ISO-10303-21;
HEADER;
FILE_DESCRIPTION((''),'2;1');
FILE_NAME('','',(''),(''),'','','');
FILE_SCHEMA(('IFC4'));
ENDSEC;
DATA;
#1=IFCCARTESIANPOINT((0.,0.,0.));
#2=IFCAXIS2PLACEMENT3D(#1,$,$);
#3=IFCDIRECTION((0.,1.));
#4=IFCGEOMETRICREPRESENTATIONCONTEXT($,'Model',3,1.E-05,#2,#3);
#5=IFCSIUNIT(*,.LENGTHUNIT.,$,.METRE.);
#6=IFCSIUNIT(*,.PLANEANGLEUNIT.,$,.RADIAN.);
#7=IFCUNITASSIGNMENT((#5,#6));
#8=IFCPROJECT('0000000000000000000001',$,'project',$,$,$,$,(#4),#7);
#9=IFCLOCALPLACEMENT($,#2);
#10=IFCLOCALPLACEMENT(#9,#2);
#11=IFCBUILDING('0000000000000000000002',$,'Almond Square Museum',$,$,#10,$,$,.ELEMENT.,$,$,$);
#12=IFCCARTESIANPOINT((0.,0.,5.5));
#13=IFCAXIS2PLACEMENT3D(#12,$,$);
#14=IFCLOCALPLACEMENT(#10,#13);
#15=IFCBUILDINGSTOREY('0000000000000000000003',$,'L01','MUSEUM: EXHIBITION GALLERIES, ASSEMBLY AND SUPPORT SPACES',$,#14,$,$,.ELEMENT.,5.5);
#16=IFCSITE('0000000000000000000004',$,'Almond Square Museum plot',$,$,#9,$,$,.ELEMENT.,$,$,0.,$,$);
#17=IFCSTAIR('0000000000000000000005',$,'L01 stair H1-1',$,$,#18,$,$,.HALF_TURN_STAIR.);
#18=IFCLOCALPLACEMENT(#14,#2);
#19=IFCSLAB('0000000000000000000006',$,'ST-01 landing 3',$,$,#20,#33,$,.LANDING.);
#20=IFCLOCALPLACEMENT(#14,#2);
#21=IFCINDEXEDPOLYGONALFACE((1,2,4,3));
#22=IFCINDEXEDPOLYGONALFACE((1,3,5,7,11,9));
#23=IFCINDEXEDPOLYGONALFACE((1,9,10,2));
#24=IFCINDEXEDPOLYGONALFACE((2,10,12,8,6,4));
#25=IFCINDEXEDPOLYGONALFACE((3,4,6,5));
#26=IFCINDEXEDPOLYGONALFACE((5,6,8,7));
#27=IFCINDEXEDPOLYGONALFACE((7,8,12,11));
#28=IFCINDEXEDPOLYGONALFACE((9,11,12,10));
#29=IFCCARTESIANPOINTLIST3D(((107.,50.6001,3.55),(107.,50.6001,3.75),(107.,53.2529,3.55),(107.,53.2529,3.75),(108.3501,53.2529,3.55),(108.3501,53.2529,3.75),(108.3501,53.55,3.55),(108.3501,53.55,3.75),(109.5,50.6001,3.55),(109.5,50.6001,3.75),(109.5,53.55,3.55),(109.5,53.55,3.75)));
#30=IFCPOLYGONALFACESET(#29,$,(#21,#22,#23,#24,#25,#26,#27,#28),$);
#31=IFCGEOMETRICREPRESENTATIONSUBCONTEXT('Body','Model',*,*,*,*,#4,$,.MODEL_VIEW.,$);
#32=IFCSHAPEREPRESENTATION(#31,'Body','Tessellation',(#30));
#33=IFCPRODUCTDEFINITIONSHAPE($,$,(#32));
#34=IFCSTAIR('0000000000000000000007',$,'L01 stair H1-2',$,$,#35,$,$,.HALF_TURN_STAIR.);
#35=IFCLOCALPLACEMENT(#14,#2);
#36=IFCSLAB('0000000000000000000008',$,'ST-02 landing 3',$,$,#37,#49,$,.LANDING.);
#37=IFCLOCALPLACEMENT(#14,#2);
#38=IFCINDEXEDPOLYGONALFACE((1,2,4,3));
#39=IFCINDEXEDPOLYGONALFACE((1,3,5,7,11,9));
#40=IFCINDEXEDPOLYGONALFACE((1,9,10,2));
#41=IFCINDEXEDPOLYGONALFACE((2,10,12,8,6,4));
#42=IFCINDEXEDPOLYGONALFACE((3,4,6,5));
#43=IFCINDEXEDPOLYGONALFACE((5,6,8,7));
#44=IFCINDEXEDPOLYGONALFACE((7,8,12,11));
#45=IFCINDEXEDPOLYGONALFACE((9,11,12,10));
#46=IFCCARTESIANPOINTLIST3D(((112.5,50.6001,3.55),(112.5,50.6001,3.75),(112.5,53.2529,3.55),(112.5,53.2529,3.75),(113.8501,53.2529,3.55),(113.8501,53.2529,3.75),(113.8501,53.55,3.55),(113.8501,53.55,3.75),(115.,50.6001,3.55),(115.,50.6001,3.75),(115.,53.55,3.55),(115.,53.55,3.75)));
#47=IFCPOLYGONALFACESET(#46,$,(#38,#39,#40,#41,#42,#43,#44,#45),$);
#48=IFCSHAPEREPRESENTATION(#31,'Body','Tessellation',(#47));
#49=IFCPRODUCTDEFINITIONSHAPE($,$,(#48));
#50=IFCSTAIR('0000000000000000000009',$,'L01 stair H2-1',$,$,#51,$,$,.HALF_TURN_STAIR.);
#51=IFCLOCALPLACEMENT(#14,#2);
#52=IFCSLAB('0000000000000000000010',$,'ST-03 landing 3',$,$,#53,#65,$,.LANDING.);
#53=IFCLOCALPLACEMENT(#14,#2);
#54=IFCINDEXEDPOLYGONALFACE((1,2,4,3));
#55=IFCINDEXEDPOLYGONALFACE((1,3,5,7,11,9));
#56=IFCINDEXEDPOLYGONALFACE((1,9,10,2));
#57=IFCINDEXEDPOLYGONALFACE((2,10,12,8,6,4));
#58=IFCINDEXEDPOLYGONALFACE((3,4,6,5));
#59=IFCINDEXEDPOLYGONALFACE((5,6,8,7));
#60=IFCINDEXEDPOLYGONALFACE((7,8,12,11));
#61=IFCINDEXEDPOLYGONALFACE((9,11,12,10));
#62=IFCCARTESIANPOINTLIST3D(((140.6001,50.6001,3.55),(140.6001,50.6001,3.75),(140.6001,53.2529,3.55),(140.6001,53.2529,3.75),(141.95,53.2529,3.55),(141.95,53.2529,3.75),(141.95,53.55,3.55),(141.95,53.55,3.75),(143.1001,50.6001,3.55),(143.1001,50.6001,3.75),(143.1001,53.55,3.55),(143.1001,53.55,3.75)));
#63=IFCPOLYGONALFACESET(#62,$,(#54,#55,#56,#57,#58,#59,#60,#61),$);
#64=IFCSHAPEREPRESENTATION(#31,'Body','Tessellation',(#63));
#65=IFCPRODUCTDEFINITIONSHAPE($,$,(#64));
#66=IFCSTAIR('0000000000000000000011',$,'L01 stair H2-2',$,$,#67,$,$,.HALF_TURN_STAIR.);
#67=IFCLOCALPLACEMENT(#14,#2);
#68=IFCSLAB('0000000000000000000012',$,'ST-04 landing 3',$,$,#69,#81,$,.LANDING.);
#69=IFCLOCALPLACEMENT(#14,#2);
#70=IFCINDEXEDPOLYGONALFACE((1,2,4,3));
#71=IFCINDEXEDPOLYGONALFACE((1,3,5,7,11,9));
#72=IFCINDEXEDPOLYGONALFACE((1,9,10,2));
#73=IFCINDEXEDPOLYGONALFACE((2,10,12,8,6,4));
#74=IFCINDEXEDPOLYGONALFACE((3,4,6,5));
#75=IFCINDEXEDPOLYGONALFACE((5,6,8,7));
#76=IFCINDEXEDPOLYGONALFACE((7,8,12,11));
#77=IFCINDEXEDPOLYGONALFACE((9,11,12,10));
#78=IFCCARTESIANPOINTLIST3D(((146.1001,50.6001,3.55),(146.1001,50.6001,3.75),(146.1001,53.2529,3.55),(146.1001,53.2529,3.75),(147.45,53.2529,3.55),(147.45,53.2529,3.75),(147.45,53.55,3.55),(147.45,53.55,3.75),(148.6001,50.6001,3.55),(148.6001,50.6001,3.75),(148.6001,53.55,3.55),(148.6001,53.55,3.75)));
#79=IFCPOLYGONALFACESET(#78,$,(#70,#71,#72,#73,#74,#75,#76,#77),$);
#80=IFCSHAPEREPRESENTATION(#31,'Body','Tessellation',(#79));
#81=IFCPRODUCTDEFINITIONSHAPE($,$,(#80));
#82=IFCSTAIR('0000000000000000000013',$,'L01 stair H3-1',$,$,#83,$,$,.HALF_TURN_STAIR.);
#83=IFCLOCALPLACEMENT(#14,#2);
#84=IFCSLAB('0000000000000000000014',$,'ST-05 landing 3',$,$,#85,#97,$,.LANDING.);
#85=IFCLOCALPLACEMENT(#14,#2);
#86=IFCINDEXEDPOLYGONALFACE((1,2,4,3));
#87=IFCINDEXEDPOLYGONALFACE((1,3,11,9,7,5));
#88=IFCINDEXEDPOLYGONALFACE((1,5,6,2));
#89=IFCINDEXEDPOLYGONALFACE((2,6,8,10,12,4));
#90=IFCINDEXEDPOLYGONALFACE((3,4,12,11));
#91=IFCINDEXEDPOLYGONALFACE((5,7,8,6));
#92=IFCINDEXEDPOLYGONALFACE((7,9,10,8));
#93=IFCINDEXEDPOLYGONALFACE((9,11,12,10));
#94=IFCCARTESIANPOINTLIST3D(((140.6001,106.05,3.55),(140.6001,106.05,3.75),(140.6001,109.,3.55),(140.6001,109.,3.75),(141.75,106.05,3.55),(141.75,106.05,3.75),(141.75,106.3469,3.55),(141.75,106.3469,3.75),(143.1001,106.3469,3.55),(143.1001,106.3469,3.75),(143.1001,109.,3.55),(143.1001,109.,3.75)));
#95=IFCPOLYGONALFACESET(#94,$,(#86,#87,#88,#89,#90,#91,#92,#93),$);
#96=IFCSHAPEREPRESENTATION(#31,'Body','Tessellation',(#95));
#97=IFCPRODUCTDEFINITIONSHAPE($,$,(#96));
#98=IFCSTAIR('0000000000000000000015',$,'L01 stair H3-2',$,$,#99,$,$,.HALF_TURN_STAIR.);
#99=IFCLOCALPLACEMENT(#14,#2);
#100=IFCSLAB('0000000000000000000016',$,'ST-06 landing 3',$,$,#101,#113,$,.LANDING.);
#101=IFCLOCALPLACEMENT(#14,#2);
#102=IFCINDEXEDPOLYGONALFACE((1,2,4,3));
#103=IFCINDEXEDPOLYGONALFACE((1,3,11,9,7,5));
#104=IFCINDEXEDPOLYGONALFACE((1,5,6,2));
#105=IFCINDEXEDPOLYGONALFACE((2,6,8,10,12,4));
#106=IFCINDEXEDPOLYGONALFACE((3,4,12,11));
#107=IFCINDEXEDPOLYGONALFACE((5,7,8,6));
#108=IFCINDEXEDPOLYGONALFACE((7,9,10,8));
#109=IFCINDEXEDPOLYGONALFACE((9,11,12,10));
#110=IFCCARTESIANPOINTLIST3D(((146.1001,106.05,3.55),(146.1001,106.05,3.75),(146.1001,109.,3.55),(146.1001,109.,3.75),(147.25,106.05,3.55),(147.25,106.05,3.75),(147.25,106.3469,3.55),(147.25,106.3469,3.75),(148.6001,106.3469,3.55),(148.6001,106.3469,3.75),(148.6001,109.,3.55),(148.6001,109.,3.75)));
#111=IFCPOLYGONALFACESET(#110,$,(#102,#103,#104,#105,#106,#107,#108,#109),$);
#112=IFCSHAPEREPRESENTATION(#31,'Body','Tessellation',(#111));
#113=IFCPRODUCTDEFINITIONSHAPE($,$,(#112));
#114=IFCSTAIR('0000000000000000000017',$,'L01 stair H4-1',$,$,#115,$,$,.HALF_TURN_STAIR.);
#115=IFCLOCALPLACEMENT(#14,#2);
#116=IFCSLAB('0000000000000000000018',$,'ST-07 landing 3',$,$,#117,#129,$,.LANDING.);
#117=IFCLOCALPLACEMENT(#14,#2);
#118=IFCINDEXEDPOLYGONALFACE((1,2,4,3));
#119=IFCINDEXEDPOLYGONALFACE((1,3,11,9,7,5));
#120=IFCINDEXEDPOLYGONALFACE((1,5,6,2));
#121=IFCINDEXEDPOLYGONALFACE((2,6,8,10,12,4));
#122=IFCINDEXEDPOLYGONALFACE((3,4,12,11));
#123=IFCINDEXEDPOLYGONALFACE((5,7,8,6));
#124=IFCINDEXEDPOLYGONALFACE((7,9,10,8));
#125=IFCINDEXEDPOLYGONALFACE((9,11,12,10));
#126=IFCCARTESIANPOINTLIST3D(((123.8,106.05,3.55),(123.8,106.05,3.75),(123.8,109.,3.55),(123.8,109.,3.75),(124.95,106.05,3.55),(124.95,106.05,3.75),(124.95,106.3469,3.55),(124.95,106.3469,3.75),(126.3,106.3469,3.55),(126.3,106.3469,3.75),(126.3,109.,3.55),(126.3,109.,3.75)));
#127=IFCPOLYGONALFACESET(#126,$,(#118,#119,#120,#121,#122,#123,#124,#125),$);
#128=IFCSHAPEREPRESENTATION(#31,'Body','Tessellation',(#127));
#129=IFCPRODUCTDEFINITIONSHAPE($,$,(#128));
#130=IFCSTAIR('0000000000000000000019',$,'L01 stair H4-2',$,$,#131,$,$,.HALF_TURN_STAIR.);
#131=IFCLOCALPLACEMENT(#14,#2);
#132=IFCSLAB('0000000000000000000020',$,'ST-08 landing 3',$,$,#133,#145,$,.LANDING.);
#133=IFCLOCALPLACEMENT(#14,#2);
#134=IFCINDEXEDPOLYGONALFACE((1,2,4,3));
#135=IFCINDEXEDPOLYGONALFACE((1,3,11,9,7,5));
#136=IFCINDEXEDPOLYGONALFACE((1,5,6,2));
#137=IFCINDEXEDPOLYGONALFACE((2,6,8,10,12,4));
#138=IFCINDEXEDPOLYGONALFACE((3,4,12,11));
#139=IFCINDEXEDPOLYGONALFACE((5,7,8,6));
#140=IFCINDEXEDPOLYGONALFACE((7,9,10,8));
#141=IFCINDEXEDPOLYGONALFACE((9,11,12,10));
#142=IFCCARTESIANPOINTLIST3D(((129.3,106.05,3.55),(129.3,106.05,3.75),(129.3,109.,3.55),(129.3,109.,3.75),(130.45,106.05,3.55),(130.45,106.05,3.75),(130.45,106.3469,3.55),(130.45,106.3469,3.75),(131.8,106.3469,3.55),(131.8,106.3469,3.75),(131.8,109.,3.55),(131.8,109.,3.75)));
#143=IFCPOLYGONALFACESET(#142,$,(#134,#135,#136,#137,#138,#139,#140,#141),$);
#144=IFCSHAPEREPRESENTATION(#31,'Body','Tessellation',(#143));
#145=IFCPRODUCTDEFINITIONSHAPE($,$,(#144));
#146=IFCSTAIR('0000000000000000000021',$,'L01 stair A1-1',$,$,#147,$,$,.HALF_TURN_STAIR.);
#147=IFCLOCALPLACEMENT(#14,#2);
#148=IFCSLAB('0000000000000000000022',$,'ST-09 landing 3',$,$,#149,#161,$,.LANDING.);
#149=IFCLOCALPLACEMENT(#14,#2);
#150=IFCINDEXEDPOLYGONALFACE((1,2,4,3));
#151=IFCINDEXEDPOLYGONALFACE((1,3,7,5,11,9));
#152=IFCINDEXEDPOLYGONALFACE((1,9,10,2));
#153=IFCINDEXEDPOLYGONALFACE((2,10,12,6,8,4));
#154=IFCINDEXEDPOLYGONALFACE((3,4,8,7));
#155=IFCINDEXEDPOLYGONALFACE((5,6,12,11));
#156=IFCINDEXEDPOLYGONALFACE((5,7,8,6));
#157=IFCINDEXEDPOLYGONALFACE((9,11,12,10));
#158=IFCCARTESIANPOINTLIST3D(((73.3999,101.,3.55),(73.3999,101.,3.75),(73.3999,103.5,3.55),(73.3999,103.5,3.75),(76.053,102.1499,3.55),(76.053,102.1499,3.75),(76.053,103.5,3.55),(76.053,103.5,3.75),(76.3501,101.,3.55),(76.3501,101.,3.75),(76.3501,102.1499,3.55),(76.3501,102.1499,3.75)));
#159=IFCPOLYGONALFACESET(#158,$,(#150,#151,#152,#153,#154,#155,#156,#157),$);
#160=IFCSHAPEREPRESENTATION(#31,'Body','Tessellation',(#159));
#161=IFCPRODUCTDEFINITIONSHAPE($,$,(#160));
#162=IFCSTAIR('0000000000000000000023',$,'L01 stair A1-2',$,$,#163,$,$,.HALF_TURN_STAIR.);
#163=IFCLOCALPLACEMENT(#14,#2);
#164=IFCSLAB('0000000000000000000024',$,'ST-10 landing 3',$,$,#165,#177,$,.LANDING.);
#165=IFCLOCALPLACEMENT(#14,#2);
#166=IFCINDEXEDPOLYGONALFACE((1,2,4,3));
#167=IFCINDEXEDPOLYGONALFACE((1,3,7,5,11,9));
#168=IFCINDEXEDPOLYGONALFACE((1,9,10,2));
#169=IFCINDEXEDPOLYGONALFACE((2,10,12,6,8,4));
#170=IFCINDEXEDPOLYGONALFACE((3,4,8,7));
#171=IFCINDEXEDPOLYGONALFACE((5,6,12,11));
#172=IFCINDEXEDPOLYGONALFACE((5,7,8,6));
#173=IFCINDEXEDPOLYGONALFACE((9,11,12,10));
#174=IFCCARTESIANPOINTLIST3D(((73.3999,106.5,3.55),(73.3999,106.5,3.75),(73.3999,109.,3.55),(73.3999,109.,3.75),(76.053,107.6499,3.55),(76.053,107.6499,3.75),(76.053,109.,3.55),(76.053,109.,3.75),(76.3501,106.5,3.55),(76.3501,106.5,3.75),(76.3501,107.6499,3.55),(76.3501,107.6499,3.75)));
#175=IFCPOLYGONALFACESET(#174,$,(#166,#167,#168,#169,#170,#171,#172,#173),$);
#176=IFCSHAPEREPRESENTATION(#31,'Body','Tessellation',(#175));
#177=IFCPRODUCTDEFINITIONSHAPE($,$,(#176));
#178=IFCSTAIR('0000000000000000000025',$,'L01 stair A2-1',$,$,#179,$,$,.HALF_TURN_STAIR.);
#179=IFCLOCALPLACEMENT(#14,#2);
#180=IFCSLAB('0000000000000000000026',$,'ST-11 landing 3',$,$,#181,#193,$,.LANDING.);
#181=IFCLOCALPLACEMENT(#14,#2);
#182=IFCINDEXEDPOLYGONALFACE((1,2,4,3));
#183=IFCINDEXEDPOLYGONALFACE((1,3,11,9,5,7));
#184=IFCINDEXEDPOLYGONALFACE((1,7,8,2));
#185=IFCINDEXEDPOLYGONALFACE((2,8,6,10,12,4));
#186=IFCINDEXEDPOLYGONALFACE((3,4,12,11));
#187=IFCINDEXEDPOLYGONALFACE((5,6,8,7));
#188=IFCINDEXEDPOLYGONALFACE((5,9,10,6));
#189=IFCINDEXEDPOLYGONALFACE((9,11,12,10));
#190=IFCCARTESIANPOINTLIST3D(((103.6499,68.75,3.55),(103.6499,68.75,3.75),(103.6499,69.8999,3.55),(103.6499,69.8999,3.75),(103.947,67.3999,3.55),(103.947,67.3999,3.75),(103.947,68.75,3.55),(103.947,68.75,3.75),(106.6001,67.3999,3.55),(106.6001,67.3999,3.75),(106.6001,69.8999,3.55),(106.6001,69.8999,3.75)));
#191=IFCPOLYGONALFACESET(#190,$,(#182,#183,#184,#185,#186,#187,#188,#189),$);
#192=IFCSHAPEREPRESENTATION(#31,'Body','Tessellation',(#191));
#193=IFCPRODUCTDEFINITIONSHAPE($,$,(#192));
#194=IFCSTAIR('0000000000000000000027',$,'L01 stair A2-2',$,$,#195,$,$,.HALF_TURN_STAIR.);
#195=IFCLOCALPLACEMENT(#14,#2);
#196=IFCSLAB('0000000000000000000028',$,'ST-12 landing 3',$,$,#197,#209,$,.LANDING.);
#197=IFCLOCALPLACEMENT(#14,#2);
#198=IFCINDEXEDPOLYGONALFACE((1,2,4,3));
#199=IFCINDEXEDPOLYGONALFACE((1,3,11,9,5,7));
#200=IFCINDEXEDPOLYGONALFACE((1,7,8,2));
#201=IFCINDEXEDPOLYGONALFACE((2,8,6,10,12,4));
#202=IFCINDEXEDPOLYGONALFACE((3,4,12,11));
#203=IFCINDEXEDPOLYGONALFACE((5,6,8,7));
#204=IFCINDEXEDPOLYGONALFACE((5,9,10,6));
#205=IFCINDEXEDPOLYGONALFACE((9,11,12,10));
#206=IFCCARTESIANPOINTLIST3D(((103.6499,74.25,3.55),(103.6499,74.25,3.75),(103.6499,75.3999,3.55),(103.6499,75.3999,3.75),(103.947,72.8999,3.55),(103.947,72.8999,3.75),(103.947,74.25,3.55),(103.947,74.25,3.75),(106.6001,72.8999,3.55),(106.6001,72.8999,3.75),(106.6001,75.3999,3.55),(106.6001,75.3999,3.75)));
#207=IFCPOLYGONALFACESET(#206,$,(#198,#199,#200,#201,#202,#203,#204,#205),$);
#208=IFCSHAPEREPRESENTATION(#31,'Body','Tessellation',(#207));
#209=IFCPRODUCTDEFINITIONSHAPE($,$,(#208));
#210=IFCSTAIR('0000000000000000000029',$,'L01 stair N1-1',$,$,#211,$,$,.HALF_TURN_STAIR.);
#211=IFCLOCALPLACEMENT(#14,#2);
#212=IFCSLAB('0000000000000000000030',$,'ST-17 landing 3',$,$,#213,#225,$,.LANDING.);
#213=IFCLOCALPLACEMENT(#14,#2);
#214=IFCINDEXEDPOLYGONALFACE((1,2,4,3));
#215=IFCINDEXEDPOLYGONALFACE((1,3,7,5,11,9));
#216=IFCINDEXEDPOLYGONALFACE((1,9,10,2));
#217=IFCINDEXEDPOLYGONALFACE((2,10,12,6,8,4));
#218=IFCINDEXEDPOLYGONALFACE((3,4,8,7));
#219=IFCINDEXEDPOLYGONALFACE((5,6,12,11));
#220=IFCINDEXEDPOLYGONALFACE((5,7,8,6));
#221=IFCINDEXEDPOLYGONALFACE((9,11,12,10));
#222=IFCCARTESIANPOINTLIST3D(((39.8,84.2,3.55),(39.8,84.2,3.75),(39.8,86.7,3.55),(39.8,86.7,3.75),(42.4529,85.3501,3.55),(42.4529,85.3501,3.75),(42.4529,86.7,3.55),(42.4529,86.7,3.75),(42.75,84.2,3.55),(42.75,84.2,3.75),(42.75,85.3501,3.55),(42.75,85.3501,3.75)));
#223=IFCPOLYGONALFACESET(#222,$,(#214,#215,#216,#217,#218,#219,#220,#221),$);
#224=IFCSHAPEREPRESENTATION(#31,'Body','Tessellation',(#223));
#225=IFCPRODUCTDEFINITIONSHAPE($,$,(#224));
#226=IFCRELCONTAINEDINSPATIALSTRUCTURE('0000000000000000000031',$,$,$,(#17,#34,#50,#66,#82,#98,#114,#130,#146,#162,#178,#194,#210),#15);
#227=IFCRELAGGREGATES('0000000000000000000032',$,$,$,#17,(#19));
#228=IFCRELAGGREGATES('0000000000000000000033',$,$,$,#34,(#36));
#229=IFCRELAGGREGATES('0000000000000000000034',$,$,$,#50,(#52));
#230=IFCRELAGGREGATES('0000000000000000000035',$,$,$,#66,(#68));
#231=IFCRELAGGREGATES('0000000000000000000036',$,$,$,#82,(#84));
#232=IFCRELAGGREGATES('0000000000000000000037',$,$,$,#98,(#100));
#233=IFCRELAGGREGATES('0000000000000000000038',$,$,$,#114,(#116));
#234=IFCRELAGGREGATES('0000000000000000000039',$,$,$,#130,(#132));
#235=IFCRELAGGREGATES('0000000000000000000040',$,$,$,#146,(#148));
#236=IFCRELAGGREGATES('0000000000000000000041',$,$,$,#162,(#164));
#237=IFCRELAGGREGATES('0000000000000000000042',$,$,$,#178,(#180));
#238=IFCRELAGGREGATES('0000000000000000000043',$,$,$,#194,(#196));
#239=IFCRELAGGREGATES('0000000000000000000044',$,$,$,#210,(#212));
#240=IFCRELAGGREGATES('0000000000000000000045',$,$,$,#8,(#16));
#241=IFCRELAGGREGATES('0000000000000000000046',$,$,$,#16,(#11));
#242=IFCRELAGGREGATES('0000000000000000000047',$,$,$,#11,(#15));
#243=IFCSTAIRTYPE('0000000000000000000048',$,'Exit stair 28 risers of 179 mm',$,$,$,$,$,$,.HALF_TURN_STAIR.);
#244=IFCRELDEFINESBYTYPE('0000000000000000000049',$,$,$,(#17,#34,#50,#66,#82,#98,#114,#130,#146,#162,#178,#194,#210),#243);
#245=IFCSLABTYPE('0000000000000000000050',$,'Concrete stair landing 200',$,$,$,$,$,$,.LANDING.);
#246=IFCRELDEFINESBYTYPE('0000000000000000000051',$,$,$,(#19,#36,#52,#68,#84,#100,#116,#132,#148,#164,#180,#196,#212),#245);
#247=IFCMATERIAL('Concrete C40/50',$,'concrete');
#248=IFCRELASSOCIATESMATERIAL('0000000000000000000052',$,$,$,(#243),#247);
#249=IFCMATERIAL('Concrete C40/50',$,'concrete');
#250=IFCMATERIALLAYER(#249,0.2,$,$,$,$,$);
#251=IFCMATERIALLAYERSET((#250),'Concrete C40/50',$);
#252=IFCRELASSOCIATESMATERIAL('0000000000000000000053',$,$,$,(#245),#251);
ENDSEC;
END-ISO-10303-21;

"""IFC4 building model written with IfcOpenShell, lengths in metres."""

from ifc_helpers import new_model, si_unit, direction, frame, origin, place, context, subcontext, project, spatial, polyline, outline, extrude, material, layer, layer_set, type_object, element, aggregate, save


model = new_model("IFC4")

# Units and contexts
model_context = context("Model", 3, precision=1e-05, world=origin(), true_north=direction((0.0, 1.0)))
body_context = subcontext(model_context, "Body", "Model", "MODEL_VIEW")
ifc_project = project(units=[si_unit("LENGTHUNIT", "METRE"), si_unit("PLANEANGLEUNIT", "RADIAN")], contexts=[model_context])

# Site, building, storey
site_placement = place(None, origin())
site = spatial("IfcSite", under=ifc_project, at=site_placement, Name="Almond Square Museum plot", CompositionType="ELEMENT", RefElevation=0.0)
building_placement = place(site_placement, origin())
building = spatial("IfcBuilding", under=site, at=building_placement, Name="Almond Square Museum", CompositionType="ELEMENT")
storey_placement = place(building_placement, frame((0.0, 0.0, 5.5)))
storey = spatial("IfcBuildingStorey", under=building, at=storey_placement, Name="L01", Description="MUSEUM: EXHIBITION GALLERIES, ASSEMBLY AND SUPPORT SPACES", CompositionType="ELEMENT", Elevation=5.5)

# Stairs, slabs
ifc_material_1 = material(Name="Concrete C40/50", Category="concrete")
stair_type = type_object("IfcStairType", Name="Exit stair 28 risers of 179 mm", PredefinedType="HALF_TURN_STAIR", material=ifc_material_1)
stair_1_placement = place(storey_placement, origin())
stair_1 = element("IfcStair", 1, at=stair_1_placement, inside=storey, type_object=stair_type, Name="L01 stair H1-1", PredefinedType="HALF_TURN_STAIR")
ifc_material_2 = material(Name="Concrete C40/50", Category="concrete")
ifc_layer = layer(ifc_material_2, 0.2)
ifc_layer_set = layer_set([ifc_layer], Name="Concrete C40/50")
slab_type = type_object("IfcSlabType", Name="Concrete stair landing 200", PredefinedType="LANDING", material=ifc_layer_set)
slab_1_placement = place(storey_placement, frame((0.0, 0.0, 3.55)))
slab_1 = element("IfcSlab", 2, at=slab_1_placement, type_object=slab_type, Name="ST-01 landing 3", PredefinedType="LANDING", context=body_context, shape_type="SweptSolid", body=[
    extrude(outline(polyline([(107.0, 53.2529), (107.0, 50.6001), (109.5, 50.6001), (109.5, 53.55), (108.3501, 53.55), (108.3501, 53.2529), (107.0, 53.2529)])), origin(), (0.0, 0.0, 1.0), 0.2),
])
aggregate(stair_1, [slab_1])
stair_2_placement = place(storey_placement, origin())
stair_2 = element("IfcStair", 3, at=stair_2_placement, inside=storey, type_object=stair_type, Name="L01 stair H1-2", PredefinedType="HALF_TURN_STAIR")
slab_2_placement = place(storey_placement, frame((0.0, 0.0, 3.55)))
slab_2 = element("IfcSlab", 4, at=slab_2_placement, type_object=slab_type, Name="ST-02 landing 3", PredefinedType="LANDING", context=body_context, shape_type="SweptSolid", body=[
    extrude(outline(polyline([(112.5, 53.2529), (112.5, 50.6001), (115.0, 50.6001), (115.0, 53.55), (113.8501, 53.55), (113.8501, 53.2529), (112.5, 53.2529)])), origin(), (0.0, 0.0, 1.0), 0.2),
])
aggregate(stair_2, [slab_2])
stair_3_placement = place(storey_placement, origin())
stair_3 = element("IfcStair", 5, at=stair_3_placement, inside=storey, type_object=stair_type, Name="L01 stair H2-1", PredefinedType="HALF_TURN_STAIR")
slab_3_placement = place(storey_placement, frame((0.0, 0.0, 3.55)))
slab_3 = element("IfcSlab", 6, at=slab_3_placement, type_object=slab_type, Name="ST-03 landing 3", PredefinedType="LANDING", context=body_context, shape_type="SweptSolid", body=[
    extrude(outline(polyline([(140.6001, 53.2529), (140.6001, 50.6001), (143.1001, 50.6001), (143.1001, 53.55), (141.95, 53.55), (141.95, 53.2529), (140.6001, 53.2529)])), origin(), (0.0, 0.0, 1.0), 0.2),
])
aggregate(stair_3, [slab_3])
stair_4_placement = place(storey_placement, origin())
stair_4 = element("IfcStair", 7, at=stair_4_placement, inside=storey, type_object=stair_type, Name="L01 stair H2-2", PredefinedType="HALF_TURN_STAIR")
slab_4_placement = place(storey_placement, frame((0.0, 0.0, 3.55)))
slab_4 = element("IfcSlab", 8, at=slab_4_placement, type_object=slab_type, Name="ST-04 landing 3", PredefinedType="LANDING", context=body_context, shape_type="SweptSolid", body=[
    extrude(outline(polyline([(146.1001, 53.2529), (146.1001, 50.6001), (148.6001, 50.6001), (148.6001, 53.55), (147.45, 53.55), (147.45, 53.2529), (146.1001, 53.2529)])), origin(), (0.0, 0.0, 1.0), 0.2),
])
aggregate(stair_4, [slab_4])
stair_5_placement = place(storey_placement, origin())
stair_5 = element("IfcStair", 9, at=stair_5_placement, inside=storey, type_object=stair_type, Name="L01 stair H3-1", PredefinedType="HALF_TURN_STAIR")
slab_5_placement = place(storey_placement, frame((0.0, 0.0, 3.55)))
slab_5 = element("IfcSlab", 10, at=slab_5_placement, type_object=slab_type, Name="ST-05 landing 3", PredefinedType="LANDING", context=body_context, shape_type="SweptSolid", body=[
    extrude(outline(polyline([(143.1001, 106.3469), (143.1001, 109.0), (140.6001, 109.0), (140.6001, 106.05), (141.75, 106.05), (141.75, 106.3469), (143.1001, 106.3469)])), origin(), (0.0, 0.0, 1.0), 0.2),
])
aggregate(stair_5, [slab_5])
stair_6_placement = place(storey_placement, origin())
stair_6 = element("IfcStair", 11, at=stair_6_placement, inside=storey, type_object=stair_type, Name="L01 stair H3-2", PredefinedType="HALF_TURN_STAIR")
slab_6_placement = place(storey_placement, frame((0.0, 0.0, 3.55)))
slab_6 = element("IfcSlab", 12, at=slab_6_placement, type_object=slab_type, Name="ST-06 landing 3", PredefinedType="LANDING", context=body_context, shape_type="SweptSolid", body=[
    extrude(outline(polyline([(148.6001, 106.3469), (148.6001, 109.0), (146.1001, 109.0), (146.1001, 106.05), (147.25, 106.05), (147.25, 106.3469), (148.6001, 106.3469)])), origin(), (0.0, 0.0, 1.0), 0.2),
])
aggregate(stair_6, [slab_6])
stair_7_placement = place(storey_placement, origin())
stair_7 = element("IfcStair", 13, at=stair_7_placement, inside=storey, type_object=stair_type, Name="L01 stair H4-1", PredefinedType="HALF_TURN_STAIR")
slab_7_placement = place(storey_placement, frame((0.0, 0.0, 3.55)))
slab_7 = element("IfcSlab", 14, at=slab_7_placement, type_object=slab_type, Name="ST-07 landing 3", PredefinedType="LANDING", context=body_context, shape_type="SweptSolid", body=[
    extrude(outline(polyline([(126.3, 106.3469), (126.3, 109.0), (123.8, 109.0), (123.8, 106.05), (124.95, 106.05), (124.95, 106.3469), (126.3, 106.3469)])), origin(), (0.0, 0.0, 1.0), 0.2),
])
aggregate(stair_7, [slab_7])
stair_8_placement = place(storey_placement, origin())
stair_8 = element("IfcStair", 15, at=stair_8_placement, inside=storey, type_object=stair_type, Name="L01 stair H4-2", PredefinedType="HALF_TURN_STAIR")
slab_8_placement = place(storey_placement, frame((0.0, 0.0, 3.55)))
slab_8 = element("IfcSlab", 16, at=slab_8_placement, type_object=slab_type, Name="ST-08 landing 3", PredefinedType="LANDING", context=body_context, shape_type="SweptSolid", body=[
    extrude(outline(polyline([(131.8, 106.3469), (131.8, 109.0), (129.3, 109.0), (129.3, 106.05), (130.45, 106.05), (130.45, 106.3469), (131.8, 106.3469)])), origin(), (0.0, 0.0, 1.0), 0.2),
])
aggregate(stair_8, [slab_8])
stair_9_placement = place(storey_placement, origin())
stair_9 = element("IfcStair", 17, at=stair_9_placement, inside=storey, type_object=stair_type, Name="L01 stair A1-1", PredefinedType="HALF_TURN_STAIR")
slab_9_placement = place(storey_placement, frame((0.0, 0.0, 3.55)))
slab_9 = element("IfcSlab", 18, at=slab_9_placement, type_object=slab_type, Name="ST-09 landing 3", PredefinedType="LANDING", context=body_context, shape_type="SweptSolid", body=[
    extrude(outline(polyline([(76.053, 103.5), (73.3999, 103.5), (73.3999, 101.0), (76.3501, 101.0), (76.3501, 102.1499), (76.053, 102.1499), (76.053, 103.5)])), origin(), (0.0, 0.0, 1.0), 0.2),
])
aggregate(stair_9, [slab_9])
stair_10_placement = place(storey_placement, origin())
stair_10 = element("IfcStair", 19, at=stair_10_placement, inside=storey, type_object=stair_type, Name="L01 stair A1-2", PredefinedType="HALF_TURN_STAIR")
slab_10_placement = place(storey_placement, frame((0.0, 0.0, 3.55)))
slab_10 = element("IfcSlab", 20, at=slab_10_placement, type_object=slab_type, Name="ST-10 landing 3", PredefinedType="LANDING", context=body_context, shape_type="SweptSolid", body=[
    extrude(outline(polyline([(76.053, 109.0), (73.3999, 109.0), (73.3999, 106.5), (76.3501, 106.5), (76.3501, 107.6499), (76.053, 107.6499), (76.053, 109.0)])), origin(), (0.0, 0.0, 1.0), 0.2),
])
aggregate(stair_10, [slab_10])
stair_11_placement = place(storey_placement, origin())
stair_11 = element("IfcStair", 21, at=stair_11_placement, inside=storey, type_object=stair_type, Name="L01 stair A2-1", PredefinedType="HALF_TURN_STAIR")
slab_11_placement = place(storey_placement, frame((0.0, 0.0, 3.55)))
slab_11 = element("IfcSlab", 22, at=slab_11_placement, type_object=slab_type, Name="ST-11 landing 3", PredefinedType="LANDING", context=body_context, shape_type="SweptSolid", body=[
    extrude(outline(polyline([(103.947, 67.3999), (106.6001, 67.3999), (106.6001, 69.8999), (103.6499, 69.8999), (103.6499, 68.75), (103.947, 68.75), (103.947, 67.3999)])), origin(), (0.0, 0.0, 1.0), 0.2),
])
aggregate(stair_11, [slab_11])
stair_12_placement = place(storey_placement, origin())
stair_12 = element("IfcStair", 23, at=stair_12_placement, inside=storey, type_object=stair_type, Name="L01 stair A2-2", PredefinedType="HALF_TURN_STAIR")
slab_12_placement = place(storey_placement, frame((0.0, 0.0, 3.55)))
slab_12 = element("IfcSlab", 24, at=slab_12_placement, type_object=slab_type, Name="ST-12 landing 3", PredefinedType="LANDING", context=body_context, shape_type="SweptSolid", body=[
    extrude(outline(polyline([(103.947, 72.8999), (106.6001, 72.8999), (106.6001, 75.3999), (103.6499, 75.3999), (103.6499, 74.25), (103.947, 74.25), (103.947, 72.8999)])), origin(), (0.0, 0.0, 1.0), 0.2),
])
aggregate(stair_12, [slab_12])
stair_13_placement = place(storey_placement, origin())
stair_13 = element("IfcStair", 25, at=stair_13_placement, inside=storey, type_object=stair_type, Name="L01 stair N1-1", PredefinedType="HALF_TURN_STAIR")
slab_13_placement = place(storey_placement, frame((0.0, 0.0, 3.55)))
slab_13 = element("IfcSlab", 26, at=slab_13_placement, type_object=slab_type, Name="ST-17 landing 3", PredefinedType="LANDING", context=body_context, shape_type="SweptSolid", body=[
    extrude(outline(polyline([(42.4529, 86.7), (39.8, 86.7), (39.8, 84.2), (42.75, 84.2), (42.75, 85.3501), (42.4529, 85.3501), (42.4529, 86.7)])), origin(), (0.0, 0.0, 1.0), 0.2),
])
aggregate(stair_13, [slab_13])

save(model, "model.ifc")
